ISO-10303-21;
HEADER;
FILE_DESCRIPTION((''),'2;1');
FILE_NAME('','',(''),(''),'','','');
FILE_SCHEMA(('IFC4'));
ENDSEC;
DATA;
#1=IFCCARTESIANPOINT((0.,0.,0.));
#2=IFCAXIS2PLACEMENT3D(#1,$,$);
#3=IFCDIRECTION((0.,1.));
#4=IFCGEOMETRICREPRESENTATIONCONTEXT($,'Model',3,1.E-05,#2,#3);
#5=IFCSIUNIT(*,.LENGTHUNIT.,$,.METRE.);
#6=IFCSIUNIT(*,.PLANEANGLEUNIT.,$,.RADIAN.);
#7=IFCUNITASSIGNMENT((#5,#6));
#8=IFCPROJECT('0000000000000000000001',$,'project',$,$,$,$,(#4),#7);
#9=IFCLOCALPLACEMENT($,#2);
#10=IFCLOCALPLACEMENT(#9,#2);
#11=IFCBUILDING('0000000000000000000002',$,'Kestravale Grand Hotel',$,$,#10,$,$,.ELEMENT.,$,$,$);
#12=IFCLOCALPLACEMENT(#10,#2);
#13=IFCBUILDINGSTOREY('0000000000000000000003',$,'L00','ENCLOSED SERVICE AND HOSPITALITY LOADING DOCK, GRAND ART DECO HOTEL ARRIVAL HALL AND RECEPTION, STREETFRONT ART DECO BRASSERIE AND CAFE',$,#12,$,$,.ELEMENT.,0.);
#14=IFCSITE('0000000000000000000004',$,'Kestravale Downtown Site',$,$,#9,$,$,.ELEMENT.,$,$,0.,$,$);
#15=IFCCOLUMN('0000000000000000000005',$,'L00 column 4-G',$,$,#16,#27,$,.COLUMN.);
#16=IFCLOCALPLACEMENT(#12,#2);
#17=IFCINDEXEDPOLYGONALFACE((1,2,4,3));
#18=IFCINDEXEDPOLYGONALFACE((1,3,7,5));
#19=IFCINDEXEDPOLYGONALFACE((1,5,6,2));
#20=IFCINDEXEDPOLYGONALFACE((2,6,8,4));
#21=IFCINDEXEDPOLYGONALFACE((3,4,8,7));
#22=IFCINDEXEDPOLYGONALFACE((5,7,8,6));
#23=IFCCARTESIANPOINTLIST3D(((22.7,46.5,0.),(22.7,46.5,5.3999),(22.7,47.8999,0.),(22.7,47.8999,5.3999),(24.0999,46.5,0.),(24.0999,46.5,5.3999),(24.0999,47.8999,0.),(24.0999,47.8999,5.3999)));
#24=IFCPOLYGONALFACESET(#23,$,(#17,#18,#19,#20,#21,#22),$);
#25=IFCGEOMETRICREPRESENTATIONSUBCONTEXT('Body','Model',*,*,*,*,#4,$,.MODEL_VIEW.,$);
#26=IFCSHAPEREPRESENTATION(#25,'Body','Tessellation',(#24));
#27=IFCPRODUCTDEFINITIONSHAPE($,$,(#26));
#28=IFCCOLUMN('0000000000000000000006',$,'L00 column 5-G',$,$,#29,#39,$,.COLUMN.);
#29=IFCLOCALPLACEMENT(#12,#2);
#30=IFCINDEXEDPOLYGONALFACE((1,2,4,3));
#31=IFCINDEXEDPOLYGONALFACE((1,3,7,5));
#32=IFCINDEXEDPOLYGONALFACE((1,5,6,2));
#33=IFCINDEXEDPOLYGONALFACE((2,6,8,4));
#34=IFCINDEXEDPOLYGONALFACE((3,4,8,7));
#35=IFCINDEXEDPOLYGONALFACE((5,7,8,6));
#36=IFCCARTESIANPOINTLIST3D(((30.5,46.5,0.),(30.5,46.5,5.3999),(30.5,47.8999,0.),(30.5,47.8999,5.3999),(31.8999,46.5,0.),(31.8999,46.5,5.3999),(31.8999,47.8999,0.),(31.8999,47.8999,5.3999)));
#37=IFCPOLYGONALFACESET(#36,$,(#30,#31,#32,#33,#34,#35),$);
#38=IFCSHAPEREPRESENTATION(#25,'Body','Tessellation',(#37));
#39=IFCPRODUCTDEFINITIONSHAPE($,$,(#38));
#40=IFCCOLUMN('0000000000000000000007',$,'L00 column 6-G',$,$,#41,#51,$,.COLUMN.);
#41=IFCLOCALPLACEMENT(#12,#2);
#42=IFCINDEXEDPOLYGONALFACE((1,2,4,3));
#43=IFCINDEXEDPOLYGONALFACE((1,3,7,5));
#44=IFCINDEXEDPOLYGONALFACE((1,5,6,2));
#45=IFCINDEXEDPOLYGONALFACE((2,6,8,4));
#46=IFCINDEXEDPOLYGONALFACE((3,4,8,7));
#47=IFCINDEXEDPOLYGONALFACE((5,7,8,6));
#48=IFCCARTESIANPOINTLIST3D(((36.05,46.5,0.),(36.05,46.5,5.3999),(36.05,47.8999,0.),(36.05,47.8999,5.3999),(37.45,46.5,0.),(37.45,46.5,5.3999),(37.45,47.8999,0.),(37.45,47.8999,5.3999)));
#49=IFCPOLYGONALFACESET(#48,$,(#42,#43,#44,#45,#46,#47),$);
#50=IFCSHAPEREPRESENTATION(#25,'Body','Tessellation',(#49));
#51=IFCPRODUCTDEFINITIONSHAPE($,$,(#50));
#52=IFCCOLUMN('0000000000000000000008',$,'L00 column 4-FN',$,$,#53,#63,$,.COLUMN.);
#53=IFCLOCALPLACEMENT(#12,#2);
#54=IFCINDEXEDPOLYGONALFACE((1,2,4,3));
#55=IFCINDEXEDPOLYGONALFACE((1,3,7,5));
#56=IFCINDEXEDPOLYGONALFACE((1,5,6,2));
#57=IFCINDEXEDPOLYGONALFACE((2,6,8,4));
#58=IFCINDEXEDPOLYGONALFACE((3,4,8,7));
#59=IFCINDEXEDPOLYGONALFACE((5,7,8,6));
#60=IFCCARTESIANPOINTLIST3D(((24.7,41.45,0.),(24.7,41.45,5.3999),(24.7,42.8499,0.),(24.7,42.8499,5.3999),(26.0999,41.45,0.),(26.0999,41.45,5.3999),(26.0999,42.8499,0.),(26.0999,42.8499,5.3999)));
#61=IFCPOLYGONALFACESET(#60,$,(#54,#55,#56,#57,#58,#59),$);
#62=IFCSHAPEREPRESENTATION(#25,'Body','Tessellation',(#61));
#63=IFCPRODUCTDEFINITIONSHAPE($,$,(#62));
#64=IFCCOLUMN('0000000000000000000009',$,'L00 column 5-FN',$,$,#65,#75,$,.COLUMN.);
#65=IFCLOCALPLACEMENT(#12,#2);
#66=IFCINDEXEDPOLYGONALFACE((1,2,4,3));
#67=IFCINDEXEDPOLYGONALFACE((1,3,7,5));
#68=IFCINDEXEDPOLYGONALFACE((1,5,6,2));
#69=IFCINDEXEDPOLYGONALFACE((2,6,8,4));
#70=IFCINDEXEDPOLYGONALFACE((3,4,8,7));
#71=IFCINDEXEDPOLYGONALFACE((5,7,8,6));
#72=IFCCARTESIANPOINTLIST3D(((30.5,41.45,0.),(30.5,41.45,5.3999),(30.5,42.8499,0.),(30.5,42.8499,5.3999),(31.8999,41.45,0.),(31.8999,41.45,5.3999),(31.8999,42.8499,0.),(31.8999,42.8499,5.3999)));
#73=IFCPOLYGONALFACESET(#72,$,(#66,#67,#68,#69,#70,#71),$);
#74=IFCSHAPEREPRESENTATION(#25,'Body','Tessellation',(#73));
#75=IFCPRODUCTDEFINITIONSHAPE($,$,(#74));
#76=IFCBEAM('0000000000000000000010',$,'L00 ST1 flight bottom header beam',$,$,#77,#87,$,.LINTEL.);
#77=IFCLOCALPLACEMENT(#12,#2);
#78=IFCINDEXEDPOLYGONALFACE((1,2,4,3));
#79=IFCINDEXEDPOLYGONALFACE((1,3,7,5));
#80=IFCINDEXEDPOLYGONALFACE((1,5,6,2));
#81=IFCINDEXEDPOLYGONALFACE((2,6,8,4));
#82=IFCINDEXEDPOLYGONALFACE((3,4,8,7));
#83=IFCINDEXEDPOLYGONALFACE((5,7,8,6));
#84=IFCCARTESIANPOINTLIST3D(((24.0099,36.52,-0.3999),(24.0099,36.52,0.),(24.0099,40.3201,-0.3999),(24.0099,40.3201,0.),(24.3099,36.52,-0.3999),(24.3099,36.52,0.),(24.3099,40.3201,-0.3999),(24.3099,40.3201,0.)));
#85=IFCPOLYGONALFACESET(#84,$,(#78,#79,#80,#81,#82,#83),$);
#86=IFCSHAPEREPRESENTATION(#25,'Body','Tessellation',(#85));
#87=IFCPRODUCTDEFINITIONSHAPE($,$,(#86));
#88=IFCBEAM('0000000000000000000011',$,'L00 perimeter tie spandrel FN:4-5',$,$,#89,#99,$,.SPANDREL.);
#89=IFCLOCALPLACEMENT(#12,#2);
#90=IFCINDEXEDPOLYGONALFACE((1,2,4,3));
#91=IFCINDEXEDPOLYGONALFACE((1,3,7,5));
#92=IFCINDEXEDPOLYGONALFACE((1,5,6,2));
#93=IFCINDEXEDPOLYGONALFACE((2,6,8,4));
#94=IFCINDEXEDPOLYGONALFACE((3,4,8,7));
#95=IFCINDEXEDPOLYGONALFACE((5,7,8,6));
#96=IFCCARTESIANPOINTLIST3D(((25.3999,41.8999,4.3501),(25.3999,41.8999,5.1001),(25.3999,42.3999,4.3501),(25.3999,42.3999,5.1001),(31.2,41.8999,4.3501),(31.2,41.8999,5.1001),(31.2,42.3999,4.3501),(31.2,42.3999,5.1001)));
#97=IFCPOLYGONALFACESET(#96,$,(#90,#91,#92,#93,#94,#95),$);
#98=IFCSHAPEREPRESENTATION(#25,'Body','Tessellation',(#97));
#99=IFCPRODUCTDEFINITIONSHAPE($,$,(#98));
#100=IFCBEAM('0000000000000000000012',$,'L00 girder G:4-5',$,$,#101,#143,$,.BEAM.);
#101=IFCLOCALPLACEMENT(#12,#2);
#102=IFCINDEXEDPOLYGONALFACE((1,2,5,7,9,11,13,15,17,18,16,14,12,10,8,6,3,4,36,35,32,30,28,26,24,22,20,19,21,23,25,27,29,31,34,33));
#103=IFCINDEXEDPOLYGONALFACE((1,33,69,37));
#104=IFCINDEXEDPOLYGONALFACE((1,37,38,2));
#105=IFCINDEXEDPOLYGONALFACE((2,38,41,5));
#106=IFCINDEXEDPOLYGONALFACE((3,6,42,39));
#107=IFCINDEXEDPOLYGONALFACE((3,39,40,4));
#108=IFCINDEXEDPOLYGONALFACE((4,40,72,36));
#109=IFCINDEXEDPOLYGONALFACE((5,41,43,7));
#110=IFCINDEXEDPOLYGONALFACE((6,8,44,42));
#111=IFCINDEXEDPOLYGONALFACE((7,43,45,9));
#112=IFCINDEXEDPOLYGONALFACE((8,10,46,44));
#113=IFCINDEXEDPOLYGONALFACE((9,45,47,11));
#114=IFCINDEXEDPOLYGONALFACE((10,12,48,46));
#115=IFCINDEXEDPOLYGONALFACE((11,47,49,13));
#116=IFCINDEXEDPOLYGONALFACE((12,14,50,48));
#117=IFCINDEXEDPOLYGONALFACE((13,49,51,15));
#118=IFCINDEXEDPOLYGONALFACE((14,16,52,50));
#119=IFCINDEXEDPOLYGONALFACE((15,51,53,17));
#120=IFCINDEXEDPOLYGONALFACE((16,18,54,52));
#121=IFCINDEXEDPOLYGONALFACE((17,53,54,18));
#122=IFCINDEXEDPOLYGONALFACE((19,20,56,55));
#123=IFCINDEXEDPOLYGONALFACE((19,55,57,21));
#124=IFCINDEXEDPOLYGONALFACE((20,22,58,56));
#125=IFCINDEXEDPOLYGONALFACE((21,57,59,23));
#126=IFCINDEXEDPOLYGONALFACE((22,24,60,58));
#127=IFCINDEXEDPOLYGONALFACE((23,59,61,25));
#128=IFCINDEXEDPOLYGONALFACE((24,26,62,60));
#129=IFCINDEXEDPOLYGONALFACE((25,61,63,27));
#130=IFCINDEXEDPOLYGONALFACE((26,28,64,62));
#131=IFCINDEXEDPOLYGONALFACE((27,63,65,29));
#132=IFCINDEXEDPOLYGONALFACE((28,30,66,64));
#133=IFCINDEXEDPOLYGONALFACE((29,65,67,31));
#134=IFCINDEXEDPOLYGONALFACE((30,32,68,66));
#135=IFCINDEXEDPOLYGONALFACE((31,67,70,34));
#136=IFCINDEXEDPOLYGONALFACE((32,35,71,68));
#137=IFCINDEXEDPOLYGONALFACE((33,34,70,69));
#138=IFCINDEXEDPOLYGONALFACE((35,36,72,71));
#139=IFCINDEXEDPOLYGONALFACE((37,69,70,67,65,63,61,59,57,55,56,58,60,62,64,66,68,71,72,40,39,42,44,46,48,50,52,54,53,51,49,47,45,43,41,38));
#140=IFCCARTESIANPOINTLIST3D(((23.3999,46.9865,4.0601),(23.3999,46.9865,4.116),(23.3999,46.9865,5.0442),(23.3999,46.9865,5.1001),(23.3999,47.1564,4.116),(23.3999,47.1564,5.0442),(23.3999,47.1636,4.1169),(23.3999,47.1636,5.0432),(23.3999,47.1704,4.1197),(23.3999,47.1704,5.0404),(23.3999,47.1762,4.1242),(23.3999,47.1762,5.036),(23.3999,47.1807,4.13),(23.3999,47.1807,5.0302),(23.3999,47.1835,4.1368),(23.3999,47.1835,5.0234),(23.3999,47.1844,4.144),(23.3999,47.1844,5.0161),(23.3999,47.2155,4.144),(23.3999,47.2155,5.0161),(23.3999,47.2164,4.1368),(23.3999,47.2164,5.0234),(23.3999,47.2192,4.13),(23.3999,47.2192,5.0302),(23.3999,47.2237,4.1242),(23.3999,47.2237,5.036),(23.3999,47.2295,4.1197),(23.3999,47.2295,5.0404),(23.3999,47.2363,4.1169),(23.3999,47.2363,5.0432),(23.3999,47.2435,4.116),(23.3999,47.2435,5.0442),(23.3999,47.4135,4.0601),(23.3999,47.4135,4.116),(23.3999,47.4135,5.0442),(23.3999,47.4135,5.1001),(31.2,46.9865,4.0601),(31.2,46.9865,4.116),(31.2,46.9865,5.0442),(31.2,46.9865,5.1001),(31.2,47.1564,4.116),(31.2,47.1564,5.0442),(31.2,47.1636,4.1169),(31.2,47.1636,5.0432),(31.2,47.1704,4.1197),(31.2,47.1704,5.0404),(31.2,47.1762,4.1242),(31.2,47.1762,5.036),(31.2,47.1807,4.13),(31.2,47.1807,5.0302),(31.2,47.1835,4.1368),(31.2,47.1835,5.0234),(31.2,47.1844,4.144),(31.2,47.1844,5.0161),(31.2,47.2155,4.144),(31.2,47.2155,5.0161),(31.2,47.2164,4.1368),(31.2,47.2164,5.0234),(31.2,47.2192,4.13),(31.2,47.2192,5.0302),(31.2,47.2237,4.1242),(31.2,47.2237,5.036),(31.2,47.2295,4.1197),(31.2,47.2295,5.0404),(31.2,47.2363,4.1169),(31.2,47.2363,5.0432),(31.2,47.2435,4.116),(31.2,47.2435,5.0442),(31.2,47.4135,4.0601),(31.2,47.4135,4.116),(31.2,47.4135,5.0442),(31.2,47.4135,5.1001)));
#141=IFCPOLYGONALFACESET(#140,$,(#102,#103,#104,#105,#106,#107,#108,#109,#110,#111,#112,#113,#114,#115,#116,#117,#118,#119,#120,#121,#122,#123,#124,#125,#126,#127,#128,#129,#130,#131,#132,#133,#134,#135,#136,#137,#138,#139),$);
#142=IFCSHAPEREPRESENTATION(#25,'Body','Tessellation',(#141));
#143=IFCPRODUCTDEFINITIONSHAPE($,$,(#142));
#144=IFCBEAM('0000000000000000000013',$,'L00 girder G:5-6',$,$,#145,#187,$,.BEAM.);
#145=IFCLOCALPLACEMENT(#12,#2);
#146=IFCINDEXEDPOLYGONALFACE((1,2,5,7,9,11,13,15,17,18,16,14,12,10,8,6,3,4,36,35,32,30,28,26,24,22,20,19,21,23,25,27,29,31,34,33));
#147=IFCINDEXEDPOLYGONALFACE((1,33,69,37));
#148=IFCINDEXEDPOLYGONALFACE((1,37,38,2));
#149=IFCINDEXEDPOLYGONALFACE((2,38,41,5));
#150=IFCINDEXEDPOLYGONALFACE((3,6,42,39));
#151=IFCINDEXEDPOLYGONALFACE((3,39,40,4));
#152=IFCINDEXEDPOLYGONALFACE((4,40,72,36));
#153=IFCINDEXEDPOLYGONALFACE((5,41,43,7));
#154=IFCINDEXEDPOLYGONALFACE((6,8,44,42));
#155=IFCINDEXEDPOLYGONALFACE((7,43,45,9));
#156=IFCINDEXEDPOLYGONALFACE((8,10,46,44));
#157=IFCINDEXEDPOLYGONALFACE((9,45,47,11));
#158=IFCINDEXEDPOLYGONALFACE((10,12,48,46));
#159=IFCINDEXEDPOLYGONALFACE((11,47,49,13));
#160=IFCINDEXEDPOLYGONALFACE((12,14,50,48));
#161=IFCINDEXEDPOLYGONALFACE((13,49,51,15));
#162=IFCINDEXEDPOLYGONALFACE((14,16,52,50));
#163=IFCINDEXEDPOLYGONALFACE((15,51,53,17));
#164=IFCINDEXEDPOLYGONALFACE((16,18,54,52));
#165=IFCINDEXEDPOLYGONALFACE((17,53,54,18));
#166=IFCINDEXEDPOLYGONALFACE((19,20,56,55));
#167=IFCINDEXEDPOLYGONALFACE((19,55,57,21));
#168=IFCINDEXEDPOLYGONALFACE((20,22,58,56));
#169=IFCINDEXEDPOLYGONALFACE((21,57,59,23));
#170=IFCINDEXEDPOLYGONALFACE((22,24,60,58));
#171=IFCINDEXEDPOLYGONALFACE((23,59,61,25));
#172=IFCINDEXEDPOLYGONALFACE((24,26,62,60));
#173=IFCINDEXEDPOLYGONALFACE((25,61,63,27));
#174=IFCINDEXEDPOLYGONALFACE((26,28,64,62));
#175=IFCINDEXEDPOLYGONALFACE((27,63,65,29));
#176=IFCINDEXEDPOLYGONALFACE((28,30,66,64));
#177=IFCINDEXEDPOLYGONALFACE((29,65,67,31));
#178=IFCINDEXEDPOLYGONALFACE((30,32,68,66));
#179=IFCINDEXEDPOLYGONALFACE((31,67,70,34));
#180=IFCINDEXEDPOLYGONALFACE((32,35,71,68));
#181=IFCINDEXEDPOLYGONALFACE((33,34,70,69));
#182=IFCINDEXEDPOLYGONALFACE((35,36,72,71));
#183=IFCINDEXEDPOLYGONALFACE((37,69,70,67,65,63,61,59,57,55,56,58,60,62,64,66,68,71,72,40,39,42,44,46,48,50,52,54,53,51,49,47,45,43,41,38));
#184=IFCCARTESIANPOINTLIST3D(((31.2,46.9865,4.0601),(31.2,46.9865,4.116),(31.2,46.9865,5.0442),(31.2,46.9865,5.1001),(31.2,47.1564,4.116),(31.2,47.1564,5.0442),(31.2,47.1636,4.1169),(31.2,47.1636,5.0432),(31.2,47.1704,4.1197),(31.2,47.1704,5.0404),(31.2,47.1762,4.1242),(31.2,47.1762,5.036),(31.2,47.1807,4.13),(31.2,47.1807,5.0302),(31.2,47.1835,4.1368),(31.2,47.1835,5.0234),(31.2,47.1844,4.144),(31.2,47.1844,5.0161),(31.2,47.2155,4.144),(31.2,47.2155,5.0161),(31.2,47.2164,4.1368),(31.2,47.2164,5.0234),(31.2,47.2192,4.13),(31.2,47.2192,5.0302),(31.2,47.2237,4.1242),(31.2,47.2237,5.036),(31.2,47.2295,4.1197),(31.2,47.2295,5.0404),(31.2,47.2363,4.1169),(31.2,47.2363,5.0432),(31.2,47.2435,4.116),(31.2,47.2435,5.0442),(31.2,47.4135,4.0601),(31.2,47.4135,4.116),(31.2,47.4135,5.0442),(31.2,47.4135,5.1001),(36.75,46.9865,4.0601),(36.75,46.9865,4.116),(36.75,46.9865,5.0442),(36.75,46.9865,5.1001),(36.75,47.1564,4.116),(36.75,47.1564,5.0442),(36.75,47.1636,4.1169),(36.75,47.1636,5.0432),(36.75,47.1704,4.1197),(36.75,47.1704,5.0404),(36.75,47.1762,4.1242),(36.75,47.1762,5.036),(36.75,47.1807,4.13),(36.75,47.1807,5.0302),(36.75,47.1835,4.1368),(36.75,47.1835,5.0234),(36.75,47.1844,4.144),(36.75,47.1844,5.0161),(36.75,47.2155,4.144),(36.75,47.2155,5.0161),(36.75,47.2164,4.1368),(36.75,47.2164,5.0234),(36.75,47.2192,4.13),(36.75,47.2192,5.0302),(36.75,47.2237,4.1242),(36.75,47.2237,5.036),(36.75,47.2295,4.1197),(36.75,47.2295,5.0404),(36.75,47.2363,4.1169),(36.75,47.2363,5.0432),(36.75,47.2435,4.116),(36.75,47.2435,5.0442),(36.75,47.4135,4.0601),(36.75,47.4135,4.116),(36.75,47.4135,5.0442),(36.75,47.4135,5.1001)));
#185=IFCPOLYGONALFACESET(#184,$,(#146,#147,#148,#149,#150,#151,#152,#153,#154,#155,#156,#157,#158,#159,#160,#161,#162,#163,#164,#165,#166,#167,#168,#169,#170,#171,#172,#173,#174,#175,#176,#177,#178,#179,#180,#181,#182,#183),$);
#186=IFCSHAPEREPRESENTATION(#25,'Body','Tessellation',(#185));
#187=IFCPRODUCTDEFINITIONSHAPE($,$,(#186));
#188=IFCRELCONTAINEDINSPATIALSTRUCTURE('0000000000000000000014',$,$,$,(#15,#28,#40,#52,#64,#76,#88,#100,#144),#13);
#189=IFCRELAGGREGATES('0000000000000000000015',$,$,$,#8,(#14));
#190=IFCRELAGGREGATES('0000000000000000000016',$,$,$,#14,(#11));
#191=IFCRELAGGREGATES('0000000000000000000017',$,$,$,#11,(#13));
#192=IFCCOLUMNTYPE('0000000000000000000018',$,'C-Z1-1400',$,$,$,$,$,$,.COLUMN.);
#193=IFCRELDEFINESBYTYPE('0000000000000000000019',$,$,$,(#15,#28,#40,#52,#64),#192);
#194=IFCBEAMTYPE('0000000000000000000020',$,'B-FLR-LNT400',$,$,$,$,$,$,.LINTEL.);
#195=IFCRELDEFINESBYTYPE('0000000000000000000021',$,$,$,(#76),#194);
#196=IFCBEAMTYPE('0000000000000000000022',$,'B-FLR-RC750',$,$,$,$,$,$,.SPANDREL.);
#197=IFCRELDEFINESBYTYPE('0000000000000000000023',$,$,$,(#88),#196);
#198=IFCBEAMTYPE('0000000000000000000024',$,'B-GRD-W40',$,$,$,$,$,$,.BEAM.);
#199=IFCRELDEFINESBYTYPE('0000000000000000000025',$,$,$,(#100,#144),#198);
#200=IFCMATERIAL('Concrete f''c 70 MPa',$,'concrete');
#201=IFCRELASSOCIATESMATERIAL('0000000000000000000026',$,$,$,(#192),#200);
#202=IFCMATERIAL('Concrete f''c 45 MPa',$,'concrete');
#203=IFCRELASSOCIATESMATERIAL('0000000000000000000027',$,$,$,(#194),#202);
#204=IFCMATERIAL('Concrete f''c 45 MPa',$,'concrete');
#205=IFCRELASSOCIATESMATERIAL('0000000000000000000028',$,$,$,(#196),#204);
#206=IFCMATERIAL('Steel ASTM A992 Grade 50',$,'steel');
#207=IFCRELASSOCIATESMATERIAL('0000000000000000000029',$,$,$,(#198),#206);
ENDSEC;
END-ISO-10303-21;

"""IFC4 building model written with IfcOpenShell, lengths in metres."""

from ifc_helpers import new_model, si_unit, direction, frame, origin, origin_2d, place, context, subcontext, project, spatial, rectangle, i_section, extrude, material, material_profile, profile_set, type_object, element, save


model = new_model("IFC4")

# Units and contexts
model_context = context("Model", 3, precision=1e-05, world=origin(), true_north=direction((0.0, 1.0)))
body_context = subcontext(model_context, "Body", "Model", "MODEL_VIEW")
ifc_project = project(units=[si_unit("LENGTHUNIT", "METRE"), si_unit("PLANEANGLEUNIT", "RADIAN")], contexts=[model_context])

# Site, building, storey
site_placement = place(None, origin())
site = spatial("IfcSite", under=ifc_project, at=site_placement, Name="Kestravale Downtown Site", CompositionType="ELEMENT", RefElevation=0.0)
building_placement = place(site_placement, origin())
building = spatial("IfcBuilding", under=site, at=building_placement, Name="Kestravale Grand Hotel", CompositionType="ELEMENT")
storey_placement = place(building_placement, origin())
storey = spatial("IfcBuildingStorey", under=building, at=storey_placement, Name="L00", Description="ENCLOSED SERVICE AND HOSPITALITY LOADING DOCK, GRAND ART DECO HOTEL ARRIVAL HALL AND RECEPTION, STREETFRONT ART DECO BRASSERIE AND CAFE", CompositionType="ELEMENT", Elevation=0.0)

# Columns
ifc_material_1 = material(Name="Concrete f'c 70 MPa", Category="concrete")
ifc_material_profile_1 = material_profile(ifc_material_1, rectangle(XDim=1.3999, YDim=1.3999, at=origin_2d()))
ifc_profile_set_1 = profile_set([ifc_material_profile_1], Name="Concrete f'c 70 MPa")
column_type = type_object("IfcColumnType", Name="C-Z1-1400", PredefinedType="COLUMN", material=ifc_profile_set_1)
for number, where, z_axis, x_axis, name in (
    (1, (23.3999, 47.2, 0.0), (0.0, 0.0, 1.0), (1.0, 0.0, 0.0), "L00 column 4-G"),
    (2, (31.2, 47.2, 0.0), (0.0, 0.0, 1.0), (1.0, 0.0, 0.0), "L00 column 5-G"),
    (3, (36.75, 47.2, 0.0), (0.0, 0.0, 1.0), (1.0, 0.0, 0.0), "L00 column 6-G"),
    (4, (25.3999, 42.1499, 0.0), (0.0, 0.0, 1.0), (1.0, 0.0, 0.0), "L00 column 4-FN"),
    (5, (31.2, 42.1499, 0.0), (0.0, 0.0, 1.0), (1.0, 0.0, 0.0), "L00 column 5-FN"),
):
    element("IfcColumn", number, at=place(storey_placement, frame(where, z_axis=z_axis, x_axis=x_axis)), inside=storey, type_object=column_type, Name=name, PredefinedType="COLUMN", context=body_context, shape_type="SweptSolid", body=[
        extrude(rectangle(XDim=1.3999, YDim=1.3999, at=origin_2d()), origin(), (0.0, 0.0, 1.0), 5.3999),
    ])

# Beams
ifc_material_2 = material(Name="Concrete f'c 45 MPa", Category="concrete")
ifc_material_profile_2 = material_profile(ifc_material_2, rectangle(XDim=0.3, YDim=0.3999, at=origin_2d()))
ifc_profile_set_2 = profile_set([ifc_material_profile_2], Name="Concrete f'c 45 MPa")
beam_type_1 = type_object("IfcBeamType", Name="B-FLR-LNT400", PredefinedType="LINTEL", material=ifc_profile_set_2)
beam_1_placement = place(storey_placement, frame((24.1599, 36.52, -0.2), z_axis=(0.0, 1.0, 0.0), x_axis=(-1.0, 0.0, 0.0)))
element("IfcBeam", 6, at=beam_1_placement, inside=storey, type_object=beam_type_1, Name="L00 ST1 flight bottom header beam", PredefinedType="LINTEL", context=body_context, shape_type="SweptSolid", body=[
    extrude(rectangle(XDim=0.3, YDim=0.3999, at=origin_2d()), origin(), (0.0, 0.0, 1.0), 3.8),
])
ifc_material_3 = material(Name="Concrete f'c 45 MPa", Category="concrete")
ifc_material_profile_3 = material_profile(ifc_material_3, rectangle(XDim=0.5, YDim=0.75, at=origin_2d()))
ifc_profile_set_3 = profile_set([ifc_material_profile_3], Name="Concrete f'c 45 MPa")
beam_type_2 = type_object("IfcBeamType", Name="B-FLR-RC750", PredefinedType="SPANDREL", material=ifc_profile_set_3)
beam_2_placement = place(storey_placement, frame((25.3999, 42.1499, 4.7251), z_axis=(1.0, 0.0, 0.0), x_axis=(0.0, 1.0, 0.0)))
element("IfcBeam", 7, at=beam_2_placement, inside=storey, type_object=beam_type_2, Name="L00 perimeter tie spandrel FN:4-5", PredefinedType="SPANDREL", context=body_context, shape_type="SweptSolid", body=[
    extrude(rectangle(XDim=0.5, YDim=0.75, at=origin_2d()), origin(), (0.0, 0.0, 1.0), 5.8),
])
ifc_material_4 = material(Name="Steel ASTM A992 Grade 50", Category="steel")
ifc_material_profile_4 = material_profile(ifc_material_4, i_section(OverallWidth=0.427, OverallDepth=1.04, WebThickness=0.031, FlangeThickness=0.0559, FilletRadius=0.0281, at=origin_2d()))
ifc_profile_set_4 = profile_set([ifc_material_profile_4], Name="Steel ASTM A992 Grade 50")
beam_type_3 = type_object("IfcBeamType", Name="B-GRD-W40", PredefinedType="BEAM", material=ifc_profile_set_4)
beam_3_placement = place(storey_placement, frame((23.3999, 47.2, 4.5801), z_axis=(1.0, 0.0, 0.0), x_axis=(0.0, 1.0, 0.0)))
element("IfcBeam", 8, at=beam_3_placement, inside=storey, type_object=beam_type_3, Name="L00 girder G:4-5", PredefinedType="BEAM", context=body_context, shape_type="SweptSolid", body=[
    extrude(i_section(OverallWidth=0.427, OverallDepth=1.04, WebThickness=0.031, FlangeThickness=0.0559, FilletRadius=0.0281, at=origin_2d()), origin(), (0.0, 0.0, 1.0), 7.8),
])
beam_4_placement = place(storey_placement, frame((31.2, 47.2, 4.5801), z_axis=(1.0, 0.0, 0.0), x_axis=(0.0, 1.0, 0.0)))
element("IfcBeam", 9, at=beam_4_placement, inside=storey, type_object=beam_type_3, Name="L00 girder G:5-6", PredefinedType="BEAM", context=body_context, shape_type="SweptSolid", body=[
    extrude(i_section(OverallWidth=0.427, OverallDepth=1.04, WebThickness=0.031, FlangeThickness=0.0559, FilletRadius=0.0281, at=origin_2d()), origin(), (0.0, 0.0, 1.0), 5.55),
])

save(model, "model.ifc")
